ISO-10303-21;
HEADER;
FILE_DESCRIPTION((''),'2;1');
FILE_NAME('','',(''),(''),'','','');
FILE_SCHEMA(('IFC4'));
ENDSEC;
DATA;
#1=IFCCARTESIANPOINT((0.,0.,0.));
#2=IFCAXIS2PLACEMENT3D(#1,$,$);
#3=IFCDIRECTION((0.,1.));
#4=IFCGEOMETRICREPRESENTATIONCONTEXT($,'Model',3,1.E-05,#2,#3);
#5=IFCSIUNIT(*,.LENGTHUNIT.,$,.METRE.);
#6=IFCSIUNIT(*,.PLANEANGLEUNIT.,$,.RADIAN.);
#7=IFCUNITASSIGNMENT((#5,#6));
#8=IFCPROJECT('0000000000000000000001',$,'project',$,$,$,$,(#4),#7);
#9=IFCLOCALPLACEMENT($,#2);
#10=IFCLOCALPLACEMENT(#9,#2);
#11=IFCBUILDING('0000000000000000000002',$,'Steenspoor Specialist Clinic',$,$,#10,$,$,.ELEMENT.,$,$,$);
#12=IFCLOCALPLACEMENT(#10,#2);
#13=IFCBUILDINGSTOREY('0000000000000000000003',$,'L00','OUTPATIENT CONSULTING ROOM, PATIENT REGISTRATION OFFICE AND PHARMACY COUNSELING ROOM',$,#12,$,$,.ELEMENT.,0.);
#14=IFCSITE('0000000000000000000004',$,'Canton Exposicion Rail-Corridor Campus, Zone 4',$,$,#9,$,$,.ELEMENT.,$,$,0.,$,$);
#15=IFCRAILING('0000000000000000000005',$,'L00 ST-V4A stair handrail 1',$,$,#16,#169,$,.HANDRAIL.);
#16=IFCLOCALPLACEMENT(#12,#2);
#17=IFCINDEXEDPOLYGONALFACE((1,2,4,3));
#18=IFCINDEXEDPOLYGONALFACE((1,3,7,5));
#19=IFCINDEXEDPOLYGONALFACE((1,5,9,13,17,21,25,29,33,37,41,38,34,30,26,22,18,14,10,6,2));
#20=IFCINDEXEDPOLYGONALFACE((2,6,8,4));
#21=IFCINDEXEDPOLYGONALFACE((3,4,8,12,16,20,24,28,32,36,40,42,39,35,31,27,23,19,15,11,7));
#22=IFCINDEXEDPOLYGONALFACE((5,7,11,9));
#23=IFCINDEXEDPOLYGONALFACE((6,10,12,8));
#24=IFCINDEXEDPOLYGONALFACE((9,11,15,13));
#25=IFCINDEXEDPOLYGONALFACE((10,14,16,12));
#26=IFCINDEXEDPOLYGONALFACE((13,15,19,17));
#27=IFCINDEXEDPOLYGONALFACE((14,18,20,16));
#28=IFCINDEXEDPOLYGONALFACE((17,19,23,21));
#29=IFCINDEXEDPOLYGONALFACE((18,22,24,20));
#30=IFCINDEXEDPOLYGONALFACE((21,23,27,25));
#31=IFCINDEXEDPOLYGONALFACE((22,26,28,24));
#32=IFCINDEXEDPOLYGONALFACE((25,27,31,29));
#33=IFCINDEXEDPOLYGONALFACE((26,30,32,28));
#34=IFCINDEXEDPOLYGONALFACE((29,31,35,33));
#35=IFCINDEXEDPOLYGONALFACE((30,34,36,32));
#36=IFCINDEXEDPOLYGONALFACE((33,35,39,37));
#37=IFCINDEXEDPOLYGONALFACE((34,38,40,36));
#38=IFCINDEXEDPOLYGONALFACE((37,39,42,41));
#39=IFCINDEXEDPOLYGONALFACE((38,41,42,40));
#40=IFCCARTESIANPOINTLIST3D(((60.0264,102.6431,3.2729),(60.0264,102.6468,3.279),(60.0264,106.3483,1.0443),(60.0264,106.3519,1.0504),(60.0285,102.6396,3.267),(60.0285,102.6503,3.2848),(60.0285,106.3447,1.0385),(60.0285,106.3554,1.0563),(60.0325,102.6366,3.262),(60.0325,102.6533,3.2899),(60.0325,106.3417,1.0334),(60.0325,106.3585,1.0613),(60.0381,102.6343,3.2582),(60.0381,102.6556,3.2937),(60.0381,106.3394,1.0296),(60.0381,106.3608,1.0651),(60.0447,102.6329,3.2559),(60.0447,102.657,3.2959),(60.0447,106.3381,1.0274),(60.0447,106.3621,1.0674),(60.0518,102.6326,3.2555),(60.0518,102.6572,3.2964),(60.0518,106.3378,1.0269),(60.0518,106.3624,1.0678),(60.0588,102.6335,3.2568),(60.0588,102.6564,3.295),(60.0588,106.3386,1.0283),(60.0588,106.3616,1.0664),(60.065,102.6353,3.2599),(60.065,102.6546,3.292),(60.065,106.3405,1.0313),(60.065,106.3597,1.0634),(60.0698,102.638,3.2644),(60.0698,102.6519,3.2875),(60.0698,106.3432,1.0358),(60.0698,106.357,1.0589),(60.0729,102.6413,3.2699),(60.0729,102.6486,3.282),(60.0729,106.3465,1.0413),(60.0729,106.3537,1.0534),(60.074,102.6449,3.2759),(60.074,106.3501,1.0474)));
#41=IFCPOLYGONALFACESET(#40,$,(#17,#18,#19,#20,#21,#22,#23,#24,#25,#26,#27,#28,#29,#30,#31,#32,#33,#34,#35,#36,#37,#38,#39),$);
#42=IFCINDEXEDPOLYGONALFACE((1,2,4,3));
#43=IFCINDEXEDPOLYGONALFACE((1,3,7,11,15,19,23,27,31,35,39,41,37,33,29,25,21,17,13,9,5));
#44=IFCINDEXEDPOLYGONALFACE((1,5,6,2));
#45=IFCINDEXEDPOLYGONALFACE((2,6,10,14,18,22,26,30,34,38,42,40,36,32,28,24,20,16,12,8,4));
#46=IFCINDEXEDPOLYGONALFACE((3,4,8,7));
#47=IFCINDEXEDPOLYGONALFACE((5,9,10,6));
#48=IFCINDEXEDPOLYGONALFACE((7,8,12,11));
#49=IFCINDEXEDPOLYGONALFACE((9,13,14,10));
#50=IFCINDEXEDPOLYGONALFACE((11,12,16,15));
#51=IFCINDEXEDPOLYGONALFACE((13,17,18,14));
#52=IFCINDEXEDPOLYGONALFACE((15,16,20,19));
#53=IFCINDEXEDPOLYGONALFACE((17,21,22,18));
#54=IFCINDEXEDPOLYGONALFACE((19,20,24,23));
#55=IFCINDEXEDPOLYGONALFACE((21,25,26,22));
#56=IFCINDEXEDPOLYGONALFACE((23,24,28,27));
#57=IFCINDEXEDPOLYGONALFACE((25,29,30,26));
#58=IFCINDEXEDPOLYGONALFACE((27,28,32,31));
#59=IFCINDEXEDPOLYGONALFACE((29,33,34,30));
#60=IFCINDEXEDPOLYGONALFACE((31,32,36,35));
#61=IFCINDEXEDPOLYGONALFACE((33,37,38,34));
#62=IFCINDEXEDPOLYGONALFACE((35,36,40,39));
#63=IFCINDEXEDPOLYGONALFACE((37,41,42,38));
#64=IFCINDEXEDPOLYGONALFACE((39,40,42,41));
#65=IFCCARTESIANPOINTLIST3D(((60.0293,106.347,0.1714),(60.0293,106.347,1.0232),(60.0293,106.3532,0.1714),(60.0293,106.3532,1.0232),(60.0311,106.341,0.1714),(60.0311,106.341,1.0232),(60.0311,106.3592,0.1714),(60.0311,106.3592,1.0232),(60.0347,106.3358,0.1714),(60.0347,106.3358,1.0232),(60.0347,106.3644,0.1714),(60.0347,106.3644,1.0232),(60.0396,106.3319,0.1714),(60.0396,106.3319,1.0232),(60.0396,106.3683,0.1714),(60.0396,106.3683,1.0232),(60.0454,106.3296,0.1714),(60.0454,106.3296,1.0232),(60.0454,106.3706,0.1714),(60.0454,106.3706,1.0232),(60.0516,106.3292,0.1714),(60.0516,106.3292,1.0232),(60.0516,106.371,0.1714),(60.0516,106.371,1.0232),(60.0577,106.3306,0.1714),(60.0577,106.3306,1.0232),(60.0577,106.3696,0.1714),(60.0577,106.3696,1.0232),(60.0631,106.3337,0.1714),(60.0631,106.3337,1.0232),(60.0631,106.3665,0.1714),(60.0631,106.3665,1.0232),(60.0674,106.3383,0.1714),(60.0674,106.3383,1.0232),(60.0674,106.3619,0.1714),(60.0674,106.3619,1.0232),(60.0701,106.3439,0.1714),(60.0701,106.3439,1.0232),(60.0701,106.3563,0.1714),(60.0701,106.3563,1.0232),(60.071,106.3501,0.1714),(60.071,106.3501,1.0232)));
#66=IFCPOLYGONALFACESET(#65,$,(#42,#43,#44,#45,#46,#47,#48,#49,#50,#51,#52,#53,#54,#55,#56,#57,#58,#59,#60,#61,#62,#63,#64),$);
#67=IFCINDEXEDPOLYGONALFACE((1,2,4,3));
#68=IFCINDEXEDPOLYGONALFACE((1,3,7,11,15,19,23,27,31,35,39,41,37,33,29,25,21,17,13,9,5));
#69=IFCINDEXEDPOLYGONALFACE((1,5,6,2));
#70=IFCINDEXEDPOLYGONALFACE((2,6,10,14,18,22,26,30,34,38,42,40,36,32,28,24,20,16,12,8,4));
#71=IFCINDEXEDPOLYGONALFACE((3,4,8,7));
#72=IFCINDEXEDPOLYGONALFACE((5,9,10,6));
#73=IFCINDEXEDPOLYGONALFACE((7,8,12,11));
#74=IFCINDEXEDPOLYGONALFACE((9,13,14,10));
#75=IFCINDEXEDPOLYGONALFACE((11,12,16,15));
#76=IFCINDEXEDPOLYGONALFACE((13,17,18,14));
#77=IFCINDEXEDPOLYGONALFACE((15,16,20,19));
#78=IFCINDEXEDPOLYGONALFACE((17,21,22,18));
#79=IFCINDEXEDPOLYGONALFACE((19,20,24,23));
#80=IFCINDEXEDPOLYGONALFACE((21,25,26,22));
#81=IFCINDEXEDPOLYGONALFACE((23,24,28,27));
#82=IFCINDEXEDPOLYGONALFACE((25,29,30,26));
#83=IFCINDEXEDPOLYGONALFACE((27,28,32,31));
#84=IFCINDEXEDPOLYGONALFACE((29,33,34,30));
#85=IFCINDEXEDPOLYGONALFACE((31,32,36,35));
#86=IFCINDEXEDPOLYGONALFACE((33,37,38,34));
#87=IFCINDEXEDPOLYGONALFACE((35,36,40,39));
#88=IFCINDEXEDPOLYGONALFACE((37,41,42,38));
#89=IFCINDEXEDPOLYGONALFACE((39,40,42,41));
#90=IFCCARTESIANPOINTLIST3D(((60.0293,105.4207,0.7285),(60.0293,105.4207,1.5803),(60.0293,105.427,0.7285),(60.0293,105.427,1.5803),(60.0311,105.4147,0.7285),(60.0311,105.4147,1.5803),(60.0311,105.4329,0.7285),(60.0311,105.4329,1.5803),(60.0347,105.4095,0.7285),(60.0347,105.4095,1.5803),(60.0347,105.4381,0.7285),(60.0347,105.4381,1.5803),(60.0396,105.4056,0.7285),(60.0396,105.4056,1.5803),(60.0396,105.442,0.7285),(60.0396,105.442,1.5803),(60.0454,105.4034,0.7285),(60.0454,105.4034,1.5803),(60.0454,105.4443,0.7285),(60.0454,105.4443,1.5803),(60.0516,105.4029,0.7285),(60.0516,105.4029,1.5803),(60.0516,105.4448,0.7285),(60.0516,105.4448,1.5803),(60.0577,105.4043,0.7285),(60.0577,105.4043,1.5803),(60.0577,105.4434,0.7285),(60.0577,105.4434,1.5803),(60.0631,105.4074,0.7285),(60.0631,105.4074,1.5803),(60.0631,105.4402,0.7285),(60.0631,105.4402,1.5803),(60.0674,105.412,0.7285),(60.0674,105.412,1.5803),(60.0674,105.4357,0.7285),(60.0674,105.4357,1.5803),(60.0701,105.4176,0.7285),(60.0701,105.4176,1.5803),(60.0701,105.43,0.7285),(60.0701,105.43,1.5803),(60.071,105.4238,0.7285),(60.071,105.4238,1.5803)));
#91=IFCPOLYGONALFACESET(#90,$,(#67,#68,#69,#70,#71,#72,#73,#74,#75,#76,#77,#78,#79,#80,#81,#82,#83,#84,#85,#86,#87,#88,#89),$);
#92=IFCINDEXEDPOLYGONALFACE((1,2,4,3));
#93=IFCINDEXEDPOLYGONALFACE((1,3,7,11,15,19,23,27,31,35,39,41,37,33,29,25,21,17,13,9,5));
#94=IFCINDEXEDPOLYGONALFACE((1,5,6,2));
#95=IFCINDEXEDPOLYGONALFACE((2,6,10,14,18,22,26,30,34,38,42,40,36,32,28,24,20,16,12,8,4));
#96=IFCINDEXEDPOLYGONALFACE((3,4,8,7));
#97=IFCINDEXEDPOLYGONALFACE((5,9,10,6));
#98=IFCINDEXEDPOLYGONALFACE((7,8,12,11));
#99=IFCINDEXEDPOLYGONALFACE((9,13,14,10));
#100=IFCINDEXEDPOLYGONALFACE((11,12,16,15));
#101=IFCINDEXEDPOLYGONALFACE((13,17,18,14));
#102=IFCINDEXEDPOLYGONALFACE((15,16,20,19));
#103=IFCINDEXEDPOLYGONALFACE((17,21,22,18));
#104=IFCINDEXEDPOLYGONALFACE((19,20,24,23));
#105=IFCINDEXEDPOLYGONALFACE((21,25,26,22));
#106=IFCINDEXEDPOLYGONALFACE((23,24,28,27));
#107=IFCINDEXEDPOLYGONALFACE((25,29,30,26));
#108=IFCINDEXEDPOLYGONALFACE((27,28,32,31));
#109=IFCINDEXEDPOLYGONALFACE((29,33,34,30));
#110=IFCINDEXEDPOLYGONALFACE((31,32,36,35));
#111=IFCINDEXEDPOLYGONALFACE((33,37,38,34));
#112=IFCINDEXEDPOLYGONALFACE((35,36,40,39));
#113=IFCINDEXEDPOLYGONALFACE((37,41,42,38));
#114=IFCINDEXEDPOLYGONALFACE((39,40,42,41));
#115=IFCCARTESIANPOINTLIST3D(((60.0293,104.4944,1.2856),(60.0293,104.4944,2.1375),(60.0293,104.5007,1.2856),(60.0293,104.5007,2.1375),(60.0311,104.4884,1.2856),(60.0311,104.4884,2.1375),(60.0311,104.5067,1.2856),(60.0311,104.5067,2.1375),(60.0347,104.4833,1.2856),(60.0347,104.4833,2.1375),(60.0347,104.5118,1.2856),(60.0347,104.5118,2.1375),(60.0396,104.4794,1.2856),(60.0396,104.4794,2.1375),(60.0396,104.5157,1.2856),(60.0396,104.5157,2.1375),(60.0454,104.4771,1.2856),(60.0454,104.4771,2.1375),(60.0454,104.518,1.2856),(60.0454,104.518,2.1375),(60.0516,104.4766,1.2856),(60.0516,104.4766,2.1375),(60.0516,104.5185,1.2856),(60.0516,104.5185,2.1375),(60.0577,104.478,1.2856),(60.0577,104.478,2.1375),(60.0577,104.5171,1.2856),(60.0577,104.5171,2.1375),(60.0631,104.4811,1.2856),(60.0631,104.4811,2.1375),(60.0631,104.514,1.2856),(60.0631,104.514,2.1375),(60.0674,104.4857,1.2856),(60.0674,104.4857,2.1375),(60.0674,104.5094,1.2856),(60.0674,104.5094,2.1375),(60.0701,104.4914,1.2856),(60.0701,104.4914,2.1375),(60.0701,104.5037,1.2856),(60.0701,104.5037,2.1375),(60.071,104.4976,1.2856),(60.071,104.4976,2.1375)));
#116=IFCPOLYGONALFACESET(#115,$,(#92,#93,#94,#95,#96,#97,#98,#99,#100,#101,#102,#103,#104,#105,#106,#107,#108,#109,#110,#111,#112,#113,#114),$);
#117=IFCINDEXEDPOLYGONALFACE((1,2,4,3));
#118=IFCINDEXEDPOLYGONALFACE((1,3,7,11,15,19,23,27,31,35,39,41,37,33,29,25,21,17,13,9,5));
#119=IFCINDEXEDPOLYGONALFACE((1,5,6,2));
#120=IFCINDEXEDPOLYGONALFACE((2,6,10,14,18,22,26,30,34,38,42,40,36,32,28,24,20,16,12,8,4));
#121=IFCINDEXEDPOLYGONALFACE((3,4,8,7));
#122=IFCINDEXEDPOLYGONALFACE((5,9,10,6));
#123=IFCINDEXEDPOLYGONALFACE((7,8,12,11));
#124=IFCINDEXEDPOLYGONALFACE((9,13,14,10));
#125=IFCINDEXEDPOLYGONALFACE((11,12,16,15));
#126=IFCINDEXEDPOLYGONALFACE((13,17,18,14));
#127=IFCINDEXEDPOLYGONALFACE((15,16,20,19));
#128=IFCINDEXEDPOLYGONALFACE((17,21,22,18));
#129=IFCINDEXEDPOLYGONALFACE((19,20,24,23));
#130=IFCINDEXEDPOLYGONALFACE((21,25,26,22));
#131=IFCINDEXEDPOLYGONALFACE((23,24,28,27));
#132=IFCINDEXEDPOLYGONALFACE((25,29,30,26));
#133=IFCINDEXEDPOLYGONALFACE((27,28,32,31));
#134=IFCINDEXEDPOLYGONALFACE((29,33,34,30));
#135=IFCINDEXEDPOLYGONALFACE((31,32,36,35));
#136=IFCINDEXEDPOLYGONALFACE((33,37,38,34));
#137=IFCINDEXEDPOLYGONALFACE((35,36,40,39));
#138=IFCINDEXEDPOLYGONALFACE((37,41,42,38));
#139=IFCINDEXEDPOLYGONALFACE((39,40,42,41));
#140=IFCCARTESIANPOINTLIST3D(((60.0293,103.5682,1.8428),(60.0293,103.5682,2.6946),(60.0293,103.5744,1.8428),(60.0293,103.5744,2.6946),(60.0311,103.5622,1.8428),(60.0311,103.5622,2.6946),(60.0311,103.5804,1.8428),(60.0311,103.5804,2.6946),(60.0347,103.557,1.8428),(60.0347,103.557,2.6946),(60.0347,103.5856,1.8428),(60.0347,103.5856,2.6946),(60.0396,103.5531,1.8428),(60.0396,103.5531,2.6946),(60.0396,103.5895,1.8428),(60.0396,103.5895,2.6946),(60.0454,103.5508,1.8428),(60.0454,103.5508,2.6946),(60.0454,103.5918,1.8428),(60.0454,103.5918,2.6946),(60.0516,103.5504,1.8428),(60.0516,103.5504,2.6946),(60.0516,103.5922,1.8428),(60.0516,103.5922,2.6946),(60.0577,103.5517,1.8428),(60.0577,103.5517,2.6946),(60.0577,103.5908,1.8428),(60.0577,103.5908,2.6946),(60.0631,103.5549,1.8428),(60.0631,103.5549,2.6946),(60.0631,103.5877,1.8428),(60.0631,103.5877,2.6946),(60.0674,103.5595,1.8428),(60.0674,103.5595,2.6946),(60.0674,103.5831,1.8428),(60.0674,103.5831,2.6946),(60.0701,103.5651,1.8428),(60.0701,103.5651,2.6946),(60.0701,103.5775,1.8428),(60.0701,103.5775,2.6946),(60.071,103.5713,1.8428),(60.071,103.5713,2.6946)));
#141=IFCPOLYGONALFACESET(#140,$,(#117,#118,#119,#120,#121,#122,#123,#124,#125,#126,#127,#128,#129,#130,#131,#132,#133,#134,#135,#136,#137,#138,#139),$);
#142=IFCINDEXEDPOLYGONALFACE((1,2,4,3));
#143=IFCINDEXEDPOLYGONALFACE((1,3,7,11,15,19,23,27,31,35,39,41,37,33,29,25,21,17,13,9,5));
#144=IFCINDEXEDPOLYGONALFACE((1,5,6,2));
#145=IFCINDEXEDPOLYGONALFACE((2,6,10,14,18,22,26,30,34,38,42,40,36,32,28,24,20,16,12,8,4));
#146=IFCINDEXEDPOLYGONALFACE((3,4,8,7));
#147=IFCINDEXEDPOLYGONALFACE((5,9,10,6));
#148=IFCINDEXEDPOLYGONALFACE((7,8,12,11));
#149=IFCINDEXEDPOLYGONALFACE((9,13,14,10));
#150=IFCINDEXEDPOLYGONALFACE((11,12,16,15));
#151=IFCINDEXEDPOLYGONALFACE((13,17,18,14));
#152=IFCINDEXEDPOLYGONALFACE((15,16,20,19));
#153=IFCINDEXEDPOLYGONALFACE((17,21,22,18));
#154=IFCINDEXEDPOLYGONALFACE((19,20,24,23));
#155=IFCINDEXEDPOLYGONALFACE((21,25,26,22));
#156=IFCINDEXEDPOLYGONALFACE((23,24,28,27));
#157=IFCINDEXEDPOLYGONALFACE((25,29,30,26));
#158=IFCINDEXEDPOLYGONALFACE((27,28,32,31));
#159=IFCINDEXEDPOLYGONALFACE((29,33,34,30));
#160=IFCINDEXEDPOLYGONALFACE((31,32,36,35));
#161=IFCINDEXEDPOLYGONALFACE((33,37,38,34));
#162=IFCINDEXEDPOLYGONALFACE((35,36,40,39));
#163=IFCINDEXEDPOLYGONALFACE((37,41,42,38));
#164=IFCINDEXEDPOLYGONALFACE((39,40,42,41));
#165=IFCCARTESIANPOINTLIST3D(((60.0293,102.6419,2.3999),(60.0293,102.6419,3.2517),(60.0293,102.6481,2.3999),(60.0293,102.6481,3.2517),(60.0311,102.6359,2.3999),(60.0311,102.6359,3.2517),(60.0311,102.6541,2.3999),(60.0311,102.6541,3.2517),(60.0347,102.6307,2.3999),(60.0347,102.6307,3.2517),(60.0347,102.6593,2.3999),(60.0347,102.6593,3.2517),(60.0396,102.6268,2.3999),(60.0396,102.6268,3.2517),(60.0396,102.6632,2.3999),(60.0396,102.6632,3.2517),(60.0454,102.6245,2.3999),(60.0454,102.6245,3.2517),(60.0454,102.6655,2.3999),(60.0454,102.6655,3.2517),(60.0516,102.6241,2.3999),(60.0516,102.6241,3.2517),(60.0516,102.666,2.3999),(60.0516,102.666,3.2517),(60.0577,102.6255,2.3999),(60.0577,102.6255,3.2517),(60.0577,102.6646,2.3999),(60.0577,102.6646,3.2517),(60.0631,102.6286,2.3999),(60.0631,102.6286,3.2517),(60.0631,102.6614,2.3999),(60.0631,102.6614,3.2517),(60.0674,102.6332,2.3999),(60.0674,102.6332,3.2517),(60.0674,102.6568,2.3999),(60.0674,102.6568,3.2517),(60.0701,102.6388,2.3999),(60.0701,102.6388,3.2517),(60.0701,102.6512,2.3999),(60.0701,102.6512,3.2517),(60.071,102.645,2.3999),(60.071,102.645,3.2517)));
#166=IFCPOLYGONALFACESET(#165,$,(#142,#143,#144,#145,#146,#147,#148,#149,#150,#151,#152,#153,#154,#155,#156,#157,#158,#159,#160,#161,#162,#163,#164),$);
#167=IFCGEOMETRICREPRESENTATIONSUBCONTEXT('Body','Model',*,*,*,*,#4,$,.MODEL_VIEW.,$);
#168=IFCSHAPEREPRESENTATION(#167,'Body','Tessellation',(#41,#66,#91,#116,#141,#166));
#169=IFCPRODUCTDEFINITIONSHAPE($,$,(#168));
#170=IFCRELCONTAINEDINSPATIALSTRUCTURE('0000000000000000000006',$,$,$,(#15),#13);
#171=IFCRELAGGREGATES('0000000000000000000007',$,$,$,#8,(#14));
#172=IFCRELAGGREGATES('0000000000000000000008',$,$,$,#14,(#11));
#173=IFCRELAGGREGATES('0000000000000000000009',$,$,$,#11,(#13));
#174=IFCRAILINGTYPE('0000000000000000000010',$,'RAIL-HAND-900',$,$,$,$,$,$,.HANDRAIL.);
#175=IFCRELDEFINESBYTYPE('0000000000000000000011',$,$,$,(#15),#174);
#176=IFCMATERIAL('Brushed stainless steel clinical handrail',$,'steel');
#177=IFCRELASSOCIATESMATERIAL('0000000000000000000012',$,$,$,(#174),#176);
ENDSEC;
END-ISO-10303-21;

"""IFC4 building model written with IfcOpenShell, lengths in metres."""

from ifc_helpers import new_model, si_unit, direction, frame, origin, origin_2d, place, context, subcontext, project, spatial, circle, extrude, material, type_object, element, save


model = new_model("IFC4")

# Units and contexts
model_context = context("Model", 3, precision=1e-05, world=origin(), true_north=direction((0.0, 1.0)))
body_context = subcontext(model_context, "Body", "Model", "MODEL_VIEW")
ifc_project = project(units=[si_unit("LENGTHUNIT", "METRE"), si_unit("PLANEANGLEUNIT", "RADIAN")], contexts=[model_context])

# Site, building, storey
site_placement = place(None, origin())
site = spatial("IfcSite", under=ifc_project, at=site_placement, Name="Canton Exposicion Rail-Corridor Campus, Zone 4", CompositionType="ELEMENT", RefElevation=0.0)
building_placement = place(site_placement, origin())
building = spatial("IfcBuilding", under=site, at=building_placement, Name="Steenspoor Specialist Clinic", CompositionType="ELEMENT")
storey_placement = place(building_placement, origin())
storey = spatial("IfcBuildingStorey", under=building, at=storey_placement, Name="L00", Description="OUTPATIENT CONSULTING ROOM, PATIENT REGISTRATION OFFICE AND PHARMACY COUNSELING ROOM", CompositionType="ELEMENT", Elevation=0.0)

# Railing
ifc_material_1 = material(Name="Brushed stainless steel clinical handrail", Category="steel")
railing_type = type_object("IfcRailingType", Name="RAIL-HAND-900", PredefinedType="HANDRAIL", material=ifc_material_1)
railing_placement = place(storey_placement, frame((60.05, 106.3501, 0.1714)))
element("IfcRailing", 1, at=railing_placement, inside=storey, type_object=railing_type, Name="L00 ST-V4A stair handrail 1", PredefinedType="HANDRAIL", context=body_context, shape_type="SweptSolid", body=[
    extrude(circle(Radius=0.0239, at=origin_2d()), frame((0.0, 0.0, 0.876), z_axis=(0.0, -0.856934, 0.515425), x_axis=(1.0, 0.0, 0.0)), (0.0, 0.0, 1.0), 4.3237),
    extrude(circle(Radius=0.021, at=origin_2d()), origin(), (0.0, 0.0, 1.0), 0.8518),
    extrude(circle(Radius=0.021, at=origin_2d()), frame((0.0, -0.9263, 0.5571)), (0.0, 0.0, 1.0), 0.8518),
    extrude(circle(Radius=0.021, at=origin_2d()), frame((0.0, -1.8525, 1.1143)), (0.0, 0.0, 1.0), 0.8518),
    extrude(circle(Radius=0.021, at=origin_2d()), frame((0.0, -2.7788, 1.6714)), (0.0, 0.0, 1.0), 0.8518),
    extrude(circle(Radius=0.021, at=origin_2d()), frame((0.0, -3.7051, 2.2285)), (0.0, 0.0, 1.0), 0.8518),
])

save(model, "model.ifc")
